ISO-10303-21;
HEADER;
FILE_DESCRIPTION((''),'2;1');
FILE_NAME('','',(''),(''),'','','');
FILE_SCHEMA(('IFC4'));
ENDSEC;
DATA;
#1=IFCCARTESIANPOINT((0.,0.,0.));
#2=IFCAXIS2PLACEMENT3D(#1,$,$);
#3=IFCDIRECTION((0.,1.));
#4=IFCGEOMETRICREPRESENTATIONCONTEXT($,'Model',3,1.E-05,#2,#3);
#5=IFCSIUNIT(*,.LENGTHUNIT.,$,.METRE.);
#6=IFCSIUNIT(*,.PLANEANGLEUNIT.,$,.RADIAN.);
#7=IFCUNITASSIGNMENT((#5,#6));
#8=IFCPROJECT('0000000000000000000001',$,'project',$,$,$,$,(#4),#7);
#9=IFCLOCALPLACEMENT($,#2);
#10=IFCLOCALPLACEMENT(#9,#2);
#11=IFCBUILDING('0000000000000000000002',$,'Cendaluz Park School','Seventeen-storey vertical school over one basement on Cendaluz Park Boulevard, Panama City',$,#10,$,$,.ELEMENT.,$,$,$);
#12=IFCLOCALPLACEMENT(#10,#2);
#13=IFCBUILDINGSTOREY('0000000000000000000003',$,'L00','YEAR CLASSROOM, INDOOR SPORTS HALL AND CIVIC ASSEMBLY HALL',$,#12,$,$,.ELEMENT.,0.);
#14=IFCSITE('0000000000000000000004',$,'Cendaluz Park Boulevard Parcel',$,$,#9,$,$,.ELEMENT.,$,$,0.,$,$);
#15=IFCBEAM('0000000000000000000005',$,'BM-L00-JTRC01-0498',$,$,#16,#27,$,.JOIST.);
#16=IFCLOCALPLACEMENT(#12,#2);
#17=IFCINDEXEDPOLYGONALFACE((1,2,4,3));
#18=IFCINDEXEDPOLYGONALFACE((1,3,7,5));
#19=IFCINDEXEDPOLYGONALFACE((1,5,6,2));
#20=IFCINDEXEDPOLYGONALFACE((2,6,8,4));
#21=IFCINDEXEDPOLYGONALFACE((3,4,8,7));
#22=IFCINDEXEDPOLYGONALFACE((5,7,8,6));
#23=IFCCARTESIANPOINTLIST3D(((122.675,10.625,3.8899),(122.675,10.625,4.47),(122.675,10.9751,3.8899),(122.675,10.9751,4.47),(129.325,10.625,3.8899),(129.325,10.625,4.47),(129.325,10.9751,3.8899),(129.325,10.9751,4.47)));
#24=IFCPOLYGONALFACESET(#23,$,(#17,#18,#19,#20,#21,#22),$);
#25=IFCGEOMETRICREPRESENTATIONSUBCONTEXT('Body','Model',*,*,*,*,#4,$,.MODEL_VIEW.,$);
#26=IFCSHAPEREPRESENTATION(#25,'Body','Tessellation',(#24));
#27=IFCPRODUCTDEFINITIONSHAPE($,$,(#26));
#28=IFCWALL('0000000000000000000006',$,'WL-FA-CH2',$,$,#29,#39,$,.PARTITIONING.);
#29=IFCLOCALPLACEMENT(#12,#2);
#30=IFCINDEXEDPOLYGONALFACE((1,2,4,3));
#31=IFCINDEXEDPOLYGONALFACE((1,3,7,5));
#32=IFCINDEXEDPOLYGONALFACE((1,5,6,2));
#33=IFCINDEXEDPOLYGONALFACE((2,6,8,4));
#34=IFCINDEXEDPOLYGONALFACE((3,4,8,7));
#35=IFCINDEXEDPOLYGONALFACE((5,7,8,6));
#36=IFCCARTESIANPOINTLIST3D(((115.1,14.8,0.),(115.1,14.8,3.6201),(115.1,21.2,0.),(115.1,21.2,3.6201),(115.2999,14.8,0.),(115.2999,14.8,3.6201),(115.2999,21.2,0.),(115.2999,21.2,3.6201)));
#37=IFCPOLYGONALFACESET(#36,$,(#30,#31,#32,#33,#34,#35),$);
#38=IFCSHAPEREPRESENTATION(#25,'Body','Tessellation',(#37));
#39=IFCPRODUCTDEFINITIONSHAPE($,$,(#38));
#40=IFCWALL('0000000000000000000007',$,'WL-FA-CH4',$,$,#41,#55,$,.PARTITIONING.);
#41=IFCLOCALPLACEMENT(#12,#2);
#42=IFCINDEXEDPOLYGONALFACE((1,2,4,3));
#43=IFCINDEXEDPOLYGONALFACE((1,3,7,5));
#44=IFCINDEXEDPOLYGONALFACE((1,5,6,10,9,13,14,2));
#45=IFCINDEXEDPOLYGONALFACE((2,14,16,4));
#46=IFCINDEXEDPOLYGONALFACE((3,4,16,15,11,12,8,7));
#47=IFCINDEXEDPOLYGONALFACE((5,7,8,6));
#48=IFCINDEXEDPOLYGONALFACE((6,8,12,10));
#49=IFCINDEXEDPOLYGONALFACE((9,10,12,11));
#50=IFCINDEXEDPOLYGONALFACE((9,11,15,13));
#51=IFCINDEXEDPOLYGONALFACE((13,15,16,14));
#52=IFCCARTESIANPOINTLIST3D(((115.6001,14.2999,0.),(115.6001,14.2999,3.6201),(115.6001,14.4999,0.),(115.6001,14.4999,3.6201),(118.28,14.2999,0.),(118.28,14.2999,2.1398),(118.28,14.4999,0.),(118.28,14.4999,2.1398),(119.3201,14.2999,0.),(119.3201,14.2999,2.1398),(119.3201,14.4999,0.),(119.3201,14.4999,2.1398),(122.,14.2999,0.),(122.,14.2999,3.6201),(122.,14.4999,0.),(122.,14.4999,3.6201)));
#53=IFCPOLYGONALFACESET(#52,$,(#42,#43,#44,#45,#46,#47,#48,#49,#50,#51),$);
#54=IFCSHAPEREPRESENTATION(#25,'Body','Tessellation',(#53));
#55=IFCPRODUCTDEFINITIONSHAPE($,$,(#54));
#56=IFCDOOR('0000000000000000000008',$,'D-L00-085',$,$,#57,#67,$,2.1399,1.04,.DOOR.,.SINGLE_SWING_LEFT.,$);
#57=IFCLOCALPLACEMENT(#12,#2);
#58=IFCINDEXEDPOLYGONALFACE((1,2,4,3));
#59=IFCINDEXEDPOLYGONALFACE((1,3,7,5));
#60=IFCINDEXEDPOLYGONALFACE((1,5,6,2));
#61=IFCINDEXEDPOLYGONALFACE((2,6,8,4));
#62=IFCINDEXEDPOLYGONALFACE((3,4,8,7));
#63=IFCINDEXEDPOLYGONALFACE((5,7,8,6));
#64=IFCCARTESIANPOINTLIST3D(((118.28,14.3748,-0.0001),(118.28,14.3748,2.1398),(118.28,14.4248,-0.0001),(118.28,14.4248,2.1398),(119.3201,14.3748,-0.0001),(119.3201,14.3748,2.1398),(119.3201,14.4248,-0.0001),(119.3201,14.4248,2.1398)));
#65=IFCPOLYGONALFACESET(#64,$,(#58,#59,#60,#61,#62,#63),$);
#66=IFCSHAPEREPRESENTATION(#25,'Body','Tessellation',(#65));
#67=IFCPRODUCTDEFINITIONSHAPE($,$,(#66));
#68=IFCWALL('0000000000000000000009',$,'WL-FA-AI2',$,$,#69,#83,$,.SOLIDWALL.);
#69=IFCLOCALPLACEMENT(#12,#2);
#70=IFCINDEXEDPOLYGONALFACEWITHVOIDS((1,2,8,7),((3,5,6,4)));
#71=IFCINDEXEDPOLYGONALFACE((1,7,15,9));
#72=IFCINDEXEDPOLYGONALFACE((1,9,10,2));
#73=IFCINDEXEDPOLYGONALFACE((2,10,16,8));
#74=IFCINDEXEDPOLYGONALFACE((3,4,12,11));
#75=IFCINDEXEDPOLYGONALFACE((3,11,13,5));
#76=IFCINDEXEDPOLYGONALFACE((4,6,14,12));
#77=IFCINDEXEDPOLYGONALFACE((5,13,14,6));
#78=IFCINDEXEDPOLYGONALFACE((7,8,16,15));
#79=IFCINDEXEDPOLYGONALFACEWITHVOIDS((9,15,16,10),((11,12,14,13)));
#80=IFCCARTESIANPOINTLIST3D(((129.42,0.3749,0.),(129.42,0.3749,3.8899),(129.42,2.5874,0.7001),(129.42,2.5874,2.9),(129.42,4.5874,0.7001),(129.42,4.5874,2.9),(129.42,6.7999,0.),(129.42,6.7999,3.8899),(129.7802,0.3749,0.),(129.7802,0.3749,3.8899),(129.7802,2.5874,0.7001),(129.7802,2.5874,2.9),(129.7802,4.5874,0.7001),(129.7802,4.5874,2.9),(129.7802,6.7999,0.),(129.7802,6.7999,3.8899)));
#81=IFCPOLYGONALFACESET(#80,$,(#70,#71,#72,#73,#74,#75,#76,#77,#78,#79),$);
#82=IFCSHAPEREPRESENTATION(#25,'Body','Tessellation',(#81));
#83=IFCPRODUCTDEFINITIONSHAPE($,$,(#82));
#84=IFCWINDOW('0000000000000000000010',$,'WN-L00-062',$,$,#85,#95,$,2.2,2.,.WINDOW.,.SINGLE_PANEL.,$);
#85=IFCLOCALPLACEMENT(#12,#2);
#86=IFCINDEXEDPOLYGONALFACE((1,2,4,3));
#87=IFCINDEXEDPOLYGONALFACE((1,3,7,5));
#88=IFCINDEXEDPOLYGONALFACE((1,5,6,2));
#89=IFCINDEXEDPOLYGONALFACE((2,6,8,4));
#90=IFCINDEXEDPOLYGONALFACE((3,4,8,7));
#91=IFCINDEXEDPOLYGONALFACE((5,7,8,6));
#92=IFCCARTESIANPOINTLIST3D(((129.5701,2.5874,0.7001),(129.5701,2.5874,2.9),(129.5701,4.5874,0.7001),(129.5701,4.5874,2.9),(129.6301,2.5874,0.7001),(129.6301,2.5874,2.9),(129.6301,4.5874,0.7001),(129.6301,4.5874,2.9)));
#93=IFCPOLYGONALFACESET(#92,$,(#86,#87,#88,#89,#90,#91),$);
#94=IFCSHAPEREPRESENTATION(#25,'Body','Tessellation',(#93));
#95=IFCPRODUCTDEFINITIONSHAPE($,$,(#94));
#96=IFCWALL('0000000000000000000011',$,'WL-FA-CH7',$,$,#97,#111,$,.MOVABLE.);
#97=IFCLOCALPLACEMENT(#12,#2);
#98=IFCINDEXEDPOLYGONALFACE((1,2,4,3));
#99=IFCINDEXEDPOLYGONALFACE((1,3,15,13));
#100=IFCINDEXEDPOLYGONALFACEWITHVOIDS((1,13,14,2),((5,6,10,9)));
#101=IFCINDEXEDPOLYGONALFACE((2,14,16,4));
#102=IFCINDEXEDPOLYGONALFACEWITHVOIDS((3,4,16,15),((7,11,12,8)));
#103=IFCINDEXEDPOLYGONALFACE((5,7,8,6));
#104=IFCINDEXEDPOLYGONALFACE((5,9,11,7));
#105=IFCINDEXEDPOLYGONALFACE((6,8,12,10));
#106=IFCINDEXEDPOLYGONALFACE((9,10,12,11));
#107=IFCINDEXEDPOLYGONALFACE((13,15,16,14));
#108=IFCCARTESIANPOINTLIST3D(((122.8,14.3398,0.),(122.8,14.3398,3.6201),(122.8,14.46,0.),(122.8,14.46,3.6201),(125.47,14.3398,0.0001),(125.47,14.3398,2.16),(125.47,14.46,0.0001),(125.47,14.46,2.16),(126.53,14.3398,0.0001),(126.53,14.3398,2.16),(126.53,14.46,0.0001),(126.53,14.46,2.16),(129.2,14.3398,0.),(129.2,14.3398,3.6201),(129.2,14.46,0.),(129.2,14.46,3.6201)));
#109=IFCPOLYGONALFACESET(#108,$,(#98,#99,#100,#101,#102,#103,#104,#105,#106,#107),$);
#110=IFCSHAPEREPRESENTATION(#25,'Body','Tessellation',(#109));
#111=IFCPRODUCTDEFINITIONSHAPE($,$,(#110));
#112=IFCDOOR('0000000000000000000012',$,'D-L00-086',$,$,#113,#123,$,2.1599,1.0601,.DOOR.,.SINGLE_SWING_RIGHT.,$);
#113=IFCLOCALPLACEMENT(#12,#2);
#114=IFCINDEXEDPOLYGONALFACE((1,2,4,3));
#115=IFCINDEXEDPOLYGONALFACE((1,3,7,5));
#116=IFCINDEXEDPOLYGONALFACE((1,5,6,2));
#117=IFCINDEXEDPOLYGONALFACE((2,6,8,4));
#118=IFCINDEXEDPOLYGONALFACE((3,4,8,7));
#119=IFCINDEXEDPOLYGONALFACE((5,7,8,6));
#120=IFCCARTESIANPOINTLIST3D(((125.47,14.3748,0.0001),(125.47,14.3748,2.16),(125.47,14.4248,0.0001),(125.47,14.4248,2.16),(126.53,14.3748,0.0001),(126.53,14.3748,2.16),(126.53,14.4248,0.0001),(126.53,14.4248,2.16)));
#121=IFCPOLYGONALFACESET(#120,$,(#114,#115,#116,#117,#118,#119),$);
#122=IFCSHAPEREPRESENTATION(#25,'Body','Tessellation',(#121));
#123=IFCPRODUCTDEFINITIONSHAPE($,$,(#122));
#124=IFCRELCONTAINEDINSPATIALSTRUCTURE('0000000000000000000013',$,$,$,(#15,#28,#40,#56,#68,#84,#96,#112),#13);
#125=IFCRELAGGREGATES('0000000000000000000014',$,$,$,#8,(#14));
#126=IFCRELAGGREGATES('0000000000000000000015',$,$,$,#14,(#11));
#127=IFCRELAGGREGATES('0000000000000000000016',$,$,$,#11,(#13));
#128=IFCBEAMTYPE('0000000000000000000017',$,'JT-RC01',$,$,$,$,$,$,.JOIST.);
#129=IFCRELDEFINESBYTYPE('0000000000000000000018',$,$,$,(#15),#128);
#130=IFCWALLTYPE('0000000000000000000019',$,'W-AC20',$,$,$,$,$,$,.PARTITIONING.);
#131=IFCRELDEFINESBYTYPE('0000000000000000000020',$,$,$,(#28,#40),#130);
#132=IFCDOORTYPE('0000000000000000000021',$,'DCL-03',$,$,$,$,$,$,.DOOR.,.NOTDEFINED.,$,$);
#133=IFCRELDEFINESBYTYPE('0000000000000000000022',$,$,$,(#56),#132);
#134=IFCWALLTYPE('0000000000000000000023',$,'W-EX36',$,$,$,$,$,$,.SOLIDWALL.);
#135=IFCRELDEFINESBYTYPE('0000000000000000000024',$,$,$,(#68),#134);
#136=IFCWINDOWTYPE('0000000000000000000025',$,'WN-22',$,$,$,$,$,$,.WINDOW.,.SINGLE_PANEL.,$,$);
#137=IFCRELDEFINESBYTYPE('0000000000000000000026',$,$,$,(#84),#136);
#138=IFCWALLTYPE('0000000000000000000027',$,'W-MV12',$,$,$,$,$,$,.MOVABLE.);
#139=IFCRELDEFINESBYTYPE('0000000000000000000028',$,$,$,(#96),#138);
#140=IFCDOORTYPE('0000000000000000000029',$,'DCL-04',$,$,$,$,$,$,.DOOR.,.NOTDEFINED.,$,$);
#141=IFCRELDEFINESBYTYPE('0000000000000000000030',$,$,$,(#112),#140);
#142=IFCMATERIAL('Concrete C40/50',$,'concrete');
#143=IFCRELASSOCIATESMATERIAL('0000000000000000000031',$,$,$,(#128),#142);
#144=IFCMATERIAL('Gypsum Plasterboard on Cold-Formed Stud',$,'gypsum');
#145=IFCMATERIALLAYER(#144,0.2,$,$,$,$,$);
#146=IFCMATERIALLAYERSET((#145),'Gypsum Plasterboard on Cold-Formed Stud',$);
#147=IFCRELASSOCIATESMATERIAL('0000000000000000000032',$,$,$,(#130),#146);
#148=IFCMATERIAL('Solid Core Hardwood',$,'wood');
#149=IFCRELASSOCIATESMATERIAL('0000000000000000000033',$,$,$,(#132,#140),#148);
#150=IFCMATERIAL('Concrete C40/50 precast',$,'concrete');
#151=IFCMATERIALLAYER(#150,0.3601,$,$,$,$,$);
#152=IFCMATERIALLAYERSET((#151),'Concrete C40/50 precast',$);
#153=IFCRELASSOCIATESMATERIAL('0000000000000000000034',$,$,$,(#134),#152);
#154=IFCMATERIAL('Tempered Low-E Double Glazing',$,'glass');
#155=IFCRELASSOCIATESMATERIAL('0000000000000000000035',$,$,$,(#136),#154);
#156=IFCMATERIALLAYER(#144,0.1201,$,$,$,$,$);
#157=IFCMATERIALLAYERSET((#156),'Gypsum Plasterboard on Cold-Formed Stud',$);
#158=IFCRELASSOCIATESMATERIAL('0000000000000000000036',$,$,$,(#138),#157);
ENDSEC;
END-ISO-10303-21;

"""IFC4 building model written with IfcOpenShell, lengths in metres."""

from ifc_helpers import new_model, si_unit, direction, frame, frame_2d, origin, origin_2d, place, context, subcontext, project, spatial, rectangle, extrude, material, layer, layer_set, material_profile, profile_set, type_object, element, fill, save


model = new_model("IFC4")

# Units and contexts
model_context = context("Model", 3, precision=1e-05, world=origin(), true_north=direction((0.0, 1.0)))
body_context = subcontext(model_context, "Body", "Model", "MODEL_VIEW")
ifc_project = project(units=[si_unit("LENGTHUNIT", "METRE"), si_unit("PLANEANGLEUNIT", "RADIAN")], contexts=[model_context])

# Site, building, storey
site_placement = place(None, origin())
site = spatial("IfcSite", under=ifc_project, at=site_placement, Name="Cendaluz Park Boulevard Parcel", CompositionType="ELEMENT", RefElevation=0.0)
building_placement = place(site_placement, origin())
building = spatial("IfcBuilding", under=site, at=building_placement, Name="Cendaluz Park School", Description="Seventeen-storey vertical school over one basement on Cendaluz Park Boulevard, Panama City", CompositionType="ELEMENT")
storey_placement = place(building_placement, origin())
storey = spatial("IfcBuildingStorey", under=building, at=storey_placement, Name="L00", Description="YEAR CLASSROOM, INDOOR SPORTS HALL AND CIVIC ASSEMBLY HALL", CompositionType="ELEMENT", Elevation=0.0)

# Shared definitions
ifc_material_1 = material(Name="Concrete C40/50", Category="concrete")

# Beam
ifc_material_profile_1 = material_profile(ifc_material_1, rectangle(XDim=0.3501, YDim=0.5801, at=origin_2d()), Name="RC 350x580", Category="concrete")
ifc_profile_set_1 = profile_set([ifc_material_profile_1], Name="Concrete C40/50")
beam_type_1 = type_object("IfcBeamType", Name="JT-RC01", PredefinedType="JOIST", material=ifc_profile_set_1)
beam_1_placement = place(storey_placement, frame((122.675, 10.8, 4.1799), z_axis=(1.0, 0.0, 0.0), x_axis=(0.0, 1.0, 0.0)))
element("IfcBeam", 1, at=beam_1_placement, inside=storey, type_object=beam_type_1, Name="BM-L00-JTRC01-0498", PredefinedType="JOIST", context=body_context, shape_type="SweptSolid", body=[
    extrude(rectangle(XDim=0.3501, YDim=0.5801, at=origin_2d()), origin(), (0.0, 0.0, 1.0), 6.6499),
])

# Wall
ifc_material_2 = material(Name="Gypsum Plasterboard on Cold-Formed Stud", Category="gypsum")
ifc_layer_1 = layer(ifc_material_2, 0.2)
ifc_layer_set_1 = layer_set([ifc_layer_1], Name="Gypsum Plasterboard on Cold-Formed Stud")
wall_type_1 = type_object("IfcWallType", Name="W-AC20", PredefinedType="PARTITIONING", material=ifc_layer_set_1)
wall_1_placement = place(storey_placement, frame((115.2, 14.8, 0.0), z_axis=(0.0, 0.0, 1.0), x_axis=(0.0, 1.0, 0.0)))
element("IfcWall", 2, at=wall_1_placement, inside=storey, type_object=wall_type_1, Name="WL-FA-CH2", PredefinedType="PARTITIONING", context=body_context, shape_type="SweptSolid", body=[
    extrude(rectangle(XDim=6.3999, YDim=0.2, at=frame_2d((3.2, 0.0))), origin(), (0.0, 0.0, 1.0), 3.6201),
])

# Wall, opening, door
wall_2_placement = place(storey_placement, frame((115.6001, 14.3999, 0.0), z_axis=(0.0, 0.0, 1.0), x_axis=(1.0, 0.0, 0.0)))
wall_2 = element("IfcWall", 3, at=wall_2_placement, inside=storey, type_object=wall_type_1, Name="WL-FA-CH4", PredefinedType="PARTITIONING", context=body_context, shape_type="SweptSolid", body=[
    extrude(rectangle(XDim=6.3999, YDim=0.2, at=frame_2d((3.2, 0.0))), origin(), (0.0, 0.0, 1.0), 3.6201),
])
opening_1_placement = place(wall_2_placement, frame((2.6799, 0.0, 0.0)))
opening_1 = element("IfcOpeningElement", 4, at=opening_1_placement, cuts=wall_2, PredefinedType="OPENING", context=body_context, shape_type="SweptSolid", body=[
    extrude(rectangle(XDim=1.04, YDim=2.1399, at=frame_2d((0.52, 1.0698))), frame((0.0, 0.1121, 0.0), z_axis=(0.0, -1.0, 0.0), x_axis=(1.0, 0.0, 0.0)), (0.0, 0.0, 1.0), 0.2239),
])
ifc_material_3 = material(Name="Solid Core Hardwood", Category="wood")
door_type_1 = type_object("IfcDoorType", Name="DCL-03", OperationType="NOTDEFINED", PredefinedType="DOOR", material=ifc_material_3)
door_1_placement = place(opening_1_placement, origin())
door_1 = element("IfcDoor", 5, at=door_1_placement, inside=storey, type_object=door_type_1, Name="D-L00-085", OperationType="SINGLE_SWING_LEFT", OverallHeight=2.1399, OverallWidth=1.04, PredefinedType="DOOR", context=body_context, shape_type="SweptSolid", body=[
    extrude(rectangle(XDim=1.04, YDim=2.1399, at=frame_2d((0.52, 1.0698))), frame((0.0, 0.0249, 0.0), z_axis=(0.0, -1.0, 0.0), x_axis=(1.0, 0.0, 0.0)), (0.0, 0.0, 1.0), 0.05),
])
fill(opening_1, door_1)
ifc_material_4 = material(Name="Concrete C40/50 precast", Category="concrete")
ifc_layer_2 = layer(ifc_material_4, 0.3601)
ifc_layer_set_2 = layer_set([ifc_layer_2], Name="Concrete C40/50 precast")
wall_type_2 = type_object("IfcWallType", Name="W-EX36", PredefinedType="SOLIDWALL", material=ifc_layer_set_2)

# Wall, opening, window
wall_3_placement = place(storey_placement, frame((129.6001, 0.375, 0.0), z_axis=(0.0, 0.0, 1.0), x_axis=(0.0, 1.0, 0.0)))
wall_3 = element("IfcWall", 6, at=wall_3_placement, inside=storey, type_object=wall_type_2, Name="WL-FA-AI2", PredefinedType="SOLIDWALL", context=body_context, shape_type="SweptSolid", body=[
    extrude(rectangle(XDim=6.425, YDim=0.3601, at=frame_2d((3.2124, 0.0))), origin(), (0.0, 0.0, 1.0), 3.8899),
])
opening_2_placement = place(wall_3_placement, frame((2.2124, 0.0, 0.7)))
opening_2 = element("IfcOpeningElement", 7, at=opening_2_placement, cuts=wall_3, PredefinedType="OPENING", context=body_context, shape_type="SweptSolid", body=[
    extrude(rectangle(XDim=2.0, YDim=2.2, at=frame_2d((1.0, 1.1001))), frame((0.0, 0.1921, 0.0), z_axis=(0.0, -1.0, 0.0), x_axis=(1.0, 0.0, 0.0)), (0.0, 0.0, 1.0), 0.384),
])
ifc_material_5 = material(Name="Tempered Low-E Double Glazing", Category="glass")
window_type = type_object("IfcWindowType", Name="WN-22", PartitioningType="SINGLE_PANEL", PredefinedType="WINDOW", material=ifc_material_5)
window_placement = place(opening_2_placement, origin())
window = element("IfcWindow", 8, at=window_placement, inside=storey, type_object=window_type, Name="WN-L00-062", OverallHeight=2.2, OverallWidth=2.0, PartitioningType="SINGLE_PANEL", PredefinedType="WINDOW", context=body_context, shape_type="SweptSolid", body=[
    extrude(rectangle(XDim=2.0, YDim=2.2, at=frame_2d((1.0, 1.1001))), frame((0.0, 0.03, 0.0), z_axis=(0.0, -1.0, 0.0), x_axis=(1.0, 0.0, 0.0)), (0.0, 0.0, 1.0), 0.0601),
])
fill(opening_2, window)

# Wall, opening, door
ifc_layer_3 = layer(ifc_material_2, 0.1201)
ifc_layer_set_3 = layer_set([ifc_layer_3], Name="Gypsum Plasterboard on Cold-Formed Stud")
wall_type_3 = type_object("IfcWallType", Name="W-MV12", PredefinedType="MOVABLE", material=ifc_layer_set_3)
wall_4_placement = place(storey_placement, frame((122.8, 14.3999, 0.0), z_axis=(0.0, 0.0, 1.0), x_axis=(1.0, 0.0, 0.0)))
wall_4 = element("IfcWall", 9, at=wall_4_placement, inside=storey, type_object=wall_type_3, Name="WL-FA-CH7", PredefinedType="MOVABLE", context=body_context, shape_type="SweptSolid", body=[
    extrude(rectangle(XDim=6.3999, YDim=0.1201, at=frame_2d((3.2, 0.0))), origin(), (0.0, 0.0, 1.0), 3.6201),
])
opening_3_placement = place(wall_4_placement, frame((2.6699, 0.0, 0.0)))
opening_3 = element("IfcOpeningElement", 10, at=opening_3_placement, cuts=wall_4, PredefinedType="OPENING", context=body_context, shape_type="SweptSolid", body=[
    extrude(rectangle(XDim=1.0601, YDim=2.1599, at=frame_2d((0.53, 1.0801))), frame((0.0, 0.072, 0.0), z_axis=(0.0, -1.0, 0.0), x_axis=(1.0, 0.0, 0.0)), (0.0, 0.0, 1.0), 0.144),
])
door_type_2 = type_object("IfcDoorType", Name="DCL-04", OperationType="NOTDEFINED", PredefinedType="DOOR", material=ifc_material_3)
door_2_placement = place(opening_3_placement, origin())
door_2 = element("IfcDoor", 11, at=door_2_placement, inside=storey, type_object=door_type_2, Name="D-L00-086", OperationType="SINGLE_SWING_RIGHT", OverallHeight=2.1599, OverallWidth=1.0601, PredefinedType="DOOR", context=body_context, shape_type="SweptSolid", body=[
    extrude(rectangle(XDim=1.0601, YDim=2.1599, at=frame_2d((0.53, 1.0801))), frame((0.0, 0.0249, 0.0), z_axis=(0.0, -1.0, 0.0), x_axis=(1.0, 0.0, 0.0)), (0.0, 0.0, 1.0), 0.05),
])
fill(opening_3, door_2)

save(model, "model.ifc")
